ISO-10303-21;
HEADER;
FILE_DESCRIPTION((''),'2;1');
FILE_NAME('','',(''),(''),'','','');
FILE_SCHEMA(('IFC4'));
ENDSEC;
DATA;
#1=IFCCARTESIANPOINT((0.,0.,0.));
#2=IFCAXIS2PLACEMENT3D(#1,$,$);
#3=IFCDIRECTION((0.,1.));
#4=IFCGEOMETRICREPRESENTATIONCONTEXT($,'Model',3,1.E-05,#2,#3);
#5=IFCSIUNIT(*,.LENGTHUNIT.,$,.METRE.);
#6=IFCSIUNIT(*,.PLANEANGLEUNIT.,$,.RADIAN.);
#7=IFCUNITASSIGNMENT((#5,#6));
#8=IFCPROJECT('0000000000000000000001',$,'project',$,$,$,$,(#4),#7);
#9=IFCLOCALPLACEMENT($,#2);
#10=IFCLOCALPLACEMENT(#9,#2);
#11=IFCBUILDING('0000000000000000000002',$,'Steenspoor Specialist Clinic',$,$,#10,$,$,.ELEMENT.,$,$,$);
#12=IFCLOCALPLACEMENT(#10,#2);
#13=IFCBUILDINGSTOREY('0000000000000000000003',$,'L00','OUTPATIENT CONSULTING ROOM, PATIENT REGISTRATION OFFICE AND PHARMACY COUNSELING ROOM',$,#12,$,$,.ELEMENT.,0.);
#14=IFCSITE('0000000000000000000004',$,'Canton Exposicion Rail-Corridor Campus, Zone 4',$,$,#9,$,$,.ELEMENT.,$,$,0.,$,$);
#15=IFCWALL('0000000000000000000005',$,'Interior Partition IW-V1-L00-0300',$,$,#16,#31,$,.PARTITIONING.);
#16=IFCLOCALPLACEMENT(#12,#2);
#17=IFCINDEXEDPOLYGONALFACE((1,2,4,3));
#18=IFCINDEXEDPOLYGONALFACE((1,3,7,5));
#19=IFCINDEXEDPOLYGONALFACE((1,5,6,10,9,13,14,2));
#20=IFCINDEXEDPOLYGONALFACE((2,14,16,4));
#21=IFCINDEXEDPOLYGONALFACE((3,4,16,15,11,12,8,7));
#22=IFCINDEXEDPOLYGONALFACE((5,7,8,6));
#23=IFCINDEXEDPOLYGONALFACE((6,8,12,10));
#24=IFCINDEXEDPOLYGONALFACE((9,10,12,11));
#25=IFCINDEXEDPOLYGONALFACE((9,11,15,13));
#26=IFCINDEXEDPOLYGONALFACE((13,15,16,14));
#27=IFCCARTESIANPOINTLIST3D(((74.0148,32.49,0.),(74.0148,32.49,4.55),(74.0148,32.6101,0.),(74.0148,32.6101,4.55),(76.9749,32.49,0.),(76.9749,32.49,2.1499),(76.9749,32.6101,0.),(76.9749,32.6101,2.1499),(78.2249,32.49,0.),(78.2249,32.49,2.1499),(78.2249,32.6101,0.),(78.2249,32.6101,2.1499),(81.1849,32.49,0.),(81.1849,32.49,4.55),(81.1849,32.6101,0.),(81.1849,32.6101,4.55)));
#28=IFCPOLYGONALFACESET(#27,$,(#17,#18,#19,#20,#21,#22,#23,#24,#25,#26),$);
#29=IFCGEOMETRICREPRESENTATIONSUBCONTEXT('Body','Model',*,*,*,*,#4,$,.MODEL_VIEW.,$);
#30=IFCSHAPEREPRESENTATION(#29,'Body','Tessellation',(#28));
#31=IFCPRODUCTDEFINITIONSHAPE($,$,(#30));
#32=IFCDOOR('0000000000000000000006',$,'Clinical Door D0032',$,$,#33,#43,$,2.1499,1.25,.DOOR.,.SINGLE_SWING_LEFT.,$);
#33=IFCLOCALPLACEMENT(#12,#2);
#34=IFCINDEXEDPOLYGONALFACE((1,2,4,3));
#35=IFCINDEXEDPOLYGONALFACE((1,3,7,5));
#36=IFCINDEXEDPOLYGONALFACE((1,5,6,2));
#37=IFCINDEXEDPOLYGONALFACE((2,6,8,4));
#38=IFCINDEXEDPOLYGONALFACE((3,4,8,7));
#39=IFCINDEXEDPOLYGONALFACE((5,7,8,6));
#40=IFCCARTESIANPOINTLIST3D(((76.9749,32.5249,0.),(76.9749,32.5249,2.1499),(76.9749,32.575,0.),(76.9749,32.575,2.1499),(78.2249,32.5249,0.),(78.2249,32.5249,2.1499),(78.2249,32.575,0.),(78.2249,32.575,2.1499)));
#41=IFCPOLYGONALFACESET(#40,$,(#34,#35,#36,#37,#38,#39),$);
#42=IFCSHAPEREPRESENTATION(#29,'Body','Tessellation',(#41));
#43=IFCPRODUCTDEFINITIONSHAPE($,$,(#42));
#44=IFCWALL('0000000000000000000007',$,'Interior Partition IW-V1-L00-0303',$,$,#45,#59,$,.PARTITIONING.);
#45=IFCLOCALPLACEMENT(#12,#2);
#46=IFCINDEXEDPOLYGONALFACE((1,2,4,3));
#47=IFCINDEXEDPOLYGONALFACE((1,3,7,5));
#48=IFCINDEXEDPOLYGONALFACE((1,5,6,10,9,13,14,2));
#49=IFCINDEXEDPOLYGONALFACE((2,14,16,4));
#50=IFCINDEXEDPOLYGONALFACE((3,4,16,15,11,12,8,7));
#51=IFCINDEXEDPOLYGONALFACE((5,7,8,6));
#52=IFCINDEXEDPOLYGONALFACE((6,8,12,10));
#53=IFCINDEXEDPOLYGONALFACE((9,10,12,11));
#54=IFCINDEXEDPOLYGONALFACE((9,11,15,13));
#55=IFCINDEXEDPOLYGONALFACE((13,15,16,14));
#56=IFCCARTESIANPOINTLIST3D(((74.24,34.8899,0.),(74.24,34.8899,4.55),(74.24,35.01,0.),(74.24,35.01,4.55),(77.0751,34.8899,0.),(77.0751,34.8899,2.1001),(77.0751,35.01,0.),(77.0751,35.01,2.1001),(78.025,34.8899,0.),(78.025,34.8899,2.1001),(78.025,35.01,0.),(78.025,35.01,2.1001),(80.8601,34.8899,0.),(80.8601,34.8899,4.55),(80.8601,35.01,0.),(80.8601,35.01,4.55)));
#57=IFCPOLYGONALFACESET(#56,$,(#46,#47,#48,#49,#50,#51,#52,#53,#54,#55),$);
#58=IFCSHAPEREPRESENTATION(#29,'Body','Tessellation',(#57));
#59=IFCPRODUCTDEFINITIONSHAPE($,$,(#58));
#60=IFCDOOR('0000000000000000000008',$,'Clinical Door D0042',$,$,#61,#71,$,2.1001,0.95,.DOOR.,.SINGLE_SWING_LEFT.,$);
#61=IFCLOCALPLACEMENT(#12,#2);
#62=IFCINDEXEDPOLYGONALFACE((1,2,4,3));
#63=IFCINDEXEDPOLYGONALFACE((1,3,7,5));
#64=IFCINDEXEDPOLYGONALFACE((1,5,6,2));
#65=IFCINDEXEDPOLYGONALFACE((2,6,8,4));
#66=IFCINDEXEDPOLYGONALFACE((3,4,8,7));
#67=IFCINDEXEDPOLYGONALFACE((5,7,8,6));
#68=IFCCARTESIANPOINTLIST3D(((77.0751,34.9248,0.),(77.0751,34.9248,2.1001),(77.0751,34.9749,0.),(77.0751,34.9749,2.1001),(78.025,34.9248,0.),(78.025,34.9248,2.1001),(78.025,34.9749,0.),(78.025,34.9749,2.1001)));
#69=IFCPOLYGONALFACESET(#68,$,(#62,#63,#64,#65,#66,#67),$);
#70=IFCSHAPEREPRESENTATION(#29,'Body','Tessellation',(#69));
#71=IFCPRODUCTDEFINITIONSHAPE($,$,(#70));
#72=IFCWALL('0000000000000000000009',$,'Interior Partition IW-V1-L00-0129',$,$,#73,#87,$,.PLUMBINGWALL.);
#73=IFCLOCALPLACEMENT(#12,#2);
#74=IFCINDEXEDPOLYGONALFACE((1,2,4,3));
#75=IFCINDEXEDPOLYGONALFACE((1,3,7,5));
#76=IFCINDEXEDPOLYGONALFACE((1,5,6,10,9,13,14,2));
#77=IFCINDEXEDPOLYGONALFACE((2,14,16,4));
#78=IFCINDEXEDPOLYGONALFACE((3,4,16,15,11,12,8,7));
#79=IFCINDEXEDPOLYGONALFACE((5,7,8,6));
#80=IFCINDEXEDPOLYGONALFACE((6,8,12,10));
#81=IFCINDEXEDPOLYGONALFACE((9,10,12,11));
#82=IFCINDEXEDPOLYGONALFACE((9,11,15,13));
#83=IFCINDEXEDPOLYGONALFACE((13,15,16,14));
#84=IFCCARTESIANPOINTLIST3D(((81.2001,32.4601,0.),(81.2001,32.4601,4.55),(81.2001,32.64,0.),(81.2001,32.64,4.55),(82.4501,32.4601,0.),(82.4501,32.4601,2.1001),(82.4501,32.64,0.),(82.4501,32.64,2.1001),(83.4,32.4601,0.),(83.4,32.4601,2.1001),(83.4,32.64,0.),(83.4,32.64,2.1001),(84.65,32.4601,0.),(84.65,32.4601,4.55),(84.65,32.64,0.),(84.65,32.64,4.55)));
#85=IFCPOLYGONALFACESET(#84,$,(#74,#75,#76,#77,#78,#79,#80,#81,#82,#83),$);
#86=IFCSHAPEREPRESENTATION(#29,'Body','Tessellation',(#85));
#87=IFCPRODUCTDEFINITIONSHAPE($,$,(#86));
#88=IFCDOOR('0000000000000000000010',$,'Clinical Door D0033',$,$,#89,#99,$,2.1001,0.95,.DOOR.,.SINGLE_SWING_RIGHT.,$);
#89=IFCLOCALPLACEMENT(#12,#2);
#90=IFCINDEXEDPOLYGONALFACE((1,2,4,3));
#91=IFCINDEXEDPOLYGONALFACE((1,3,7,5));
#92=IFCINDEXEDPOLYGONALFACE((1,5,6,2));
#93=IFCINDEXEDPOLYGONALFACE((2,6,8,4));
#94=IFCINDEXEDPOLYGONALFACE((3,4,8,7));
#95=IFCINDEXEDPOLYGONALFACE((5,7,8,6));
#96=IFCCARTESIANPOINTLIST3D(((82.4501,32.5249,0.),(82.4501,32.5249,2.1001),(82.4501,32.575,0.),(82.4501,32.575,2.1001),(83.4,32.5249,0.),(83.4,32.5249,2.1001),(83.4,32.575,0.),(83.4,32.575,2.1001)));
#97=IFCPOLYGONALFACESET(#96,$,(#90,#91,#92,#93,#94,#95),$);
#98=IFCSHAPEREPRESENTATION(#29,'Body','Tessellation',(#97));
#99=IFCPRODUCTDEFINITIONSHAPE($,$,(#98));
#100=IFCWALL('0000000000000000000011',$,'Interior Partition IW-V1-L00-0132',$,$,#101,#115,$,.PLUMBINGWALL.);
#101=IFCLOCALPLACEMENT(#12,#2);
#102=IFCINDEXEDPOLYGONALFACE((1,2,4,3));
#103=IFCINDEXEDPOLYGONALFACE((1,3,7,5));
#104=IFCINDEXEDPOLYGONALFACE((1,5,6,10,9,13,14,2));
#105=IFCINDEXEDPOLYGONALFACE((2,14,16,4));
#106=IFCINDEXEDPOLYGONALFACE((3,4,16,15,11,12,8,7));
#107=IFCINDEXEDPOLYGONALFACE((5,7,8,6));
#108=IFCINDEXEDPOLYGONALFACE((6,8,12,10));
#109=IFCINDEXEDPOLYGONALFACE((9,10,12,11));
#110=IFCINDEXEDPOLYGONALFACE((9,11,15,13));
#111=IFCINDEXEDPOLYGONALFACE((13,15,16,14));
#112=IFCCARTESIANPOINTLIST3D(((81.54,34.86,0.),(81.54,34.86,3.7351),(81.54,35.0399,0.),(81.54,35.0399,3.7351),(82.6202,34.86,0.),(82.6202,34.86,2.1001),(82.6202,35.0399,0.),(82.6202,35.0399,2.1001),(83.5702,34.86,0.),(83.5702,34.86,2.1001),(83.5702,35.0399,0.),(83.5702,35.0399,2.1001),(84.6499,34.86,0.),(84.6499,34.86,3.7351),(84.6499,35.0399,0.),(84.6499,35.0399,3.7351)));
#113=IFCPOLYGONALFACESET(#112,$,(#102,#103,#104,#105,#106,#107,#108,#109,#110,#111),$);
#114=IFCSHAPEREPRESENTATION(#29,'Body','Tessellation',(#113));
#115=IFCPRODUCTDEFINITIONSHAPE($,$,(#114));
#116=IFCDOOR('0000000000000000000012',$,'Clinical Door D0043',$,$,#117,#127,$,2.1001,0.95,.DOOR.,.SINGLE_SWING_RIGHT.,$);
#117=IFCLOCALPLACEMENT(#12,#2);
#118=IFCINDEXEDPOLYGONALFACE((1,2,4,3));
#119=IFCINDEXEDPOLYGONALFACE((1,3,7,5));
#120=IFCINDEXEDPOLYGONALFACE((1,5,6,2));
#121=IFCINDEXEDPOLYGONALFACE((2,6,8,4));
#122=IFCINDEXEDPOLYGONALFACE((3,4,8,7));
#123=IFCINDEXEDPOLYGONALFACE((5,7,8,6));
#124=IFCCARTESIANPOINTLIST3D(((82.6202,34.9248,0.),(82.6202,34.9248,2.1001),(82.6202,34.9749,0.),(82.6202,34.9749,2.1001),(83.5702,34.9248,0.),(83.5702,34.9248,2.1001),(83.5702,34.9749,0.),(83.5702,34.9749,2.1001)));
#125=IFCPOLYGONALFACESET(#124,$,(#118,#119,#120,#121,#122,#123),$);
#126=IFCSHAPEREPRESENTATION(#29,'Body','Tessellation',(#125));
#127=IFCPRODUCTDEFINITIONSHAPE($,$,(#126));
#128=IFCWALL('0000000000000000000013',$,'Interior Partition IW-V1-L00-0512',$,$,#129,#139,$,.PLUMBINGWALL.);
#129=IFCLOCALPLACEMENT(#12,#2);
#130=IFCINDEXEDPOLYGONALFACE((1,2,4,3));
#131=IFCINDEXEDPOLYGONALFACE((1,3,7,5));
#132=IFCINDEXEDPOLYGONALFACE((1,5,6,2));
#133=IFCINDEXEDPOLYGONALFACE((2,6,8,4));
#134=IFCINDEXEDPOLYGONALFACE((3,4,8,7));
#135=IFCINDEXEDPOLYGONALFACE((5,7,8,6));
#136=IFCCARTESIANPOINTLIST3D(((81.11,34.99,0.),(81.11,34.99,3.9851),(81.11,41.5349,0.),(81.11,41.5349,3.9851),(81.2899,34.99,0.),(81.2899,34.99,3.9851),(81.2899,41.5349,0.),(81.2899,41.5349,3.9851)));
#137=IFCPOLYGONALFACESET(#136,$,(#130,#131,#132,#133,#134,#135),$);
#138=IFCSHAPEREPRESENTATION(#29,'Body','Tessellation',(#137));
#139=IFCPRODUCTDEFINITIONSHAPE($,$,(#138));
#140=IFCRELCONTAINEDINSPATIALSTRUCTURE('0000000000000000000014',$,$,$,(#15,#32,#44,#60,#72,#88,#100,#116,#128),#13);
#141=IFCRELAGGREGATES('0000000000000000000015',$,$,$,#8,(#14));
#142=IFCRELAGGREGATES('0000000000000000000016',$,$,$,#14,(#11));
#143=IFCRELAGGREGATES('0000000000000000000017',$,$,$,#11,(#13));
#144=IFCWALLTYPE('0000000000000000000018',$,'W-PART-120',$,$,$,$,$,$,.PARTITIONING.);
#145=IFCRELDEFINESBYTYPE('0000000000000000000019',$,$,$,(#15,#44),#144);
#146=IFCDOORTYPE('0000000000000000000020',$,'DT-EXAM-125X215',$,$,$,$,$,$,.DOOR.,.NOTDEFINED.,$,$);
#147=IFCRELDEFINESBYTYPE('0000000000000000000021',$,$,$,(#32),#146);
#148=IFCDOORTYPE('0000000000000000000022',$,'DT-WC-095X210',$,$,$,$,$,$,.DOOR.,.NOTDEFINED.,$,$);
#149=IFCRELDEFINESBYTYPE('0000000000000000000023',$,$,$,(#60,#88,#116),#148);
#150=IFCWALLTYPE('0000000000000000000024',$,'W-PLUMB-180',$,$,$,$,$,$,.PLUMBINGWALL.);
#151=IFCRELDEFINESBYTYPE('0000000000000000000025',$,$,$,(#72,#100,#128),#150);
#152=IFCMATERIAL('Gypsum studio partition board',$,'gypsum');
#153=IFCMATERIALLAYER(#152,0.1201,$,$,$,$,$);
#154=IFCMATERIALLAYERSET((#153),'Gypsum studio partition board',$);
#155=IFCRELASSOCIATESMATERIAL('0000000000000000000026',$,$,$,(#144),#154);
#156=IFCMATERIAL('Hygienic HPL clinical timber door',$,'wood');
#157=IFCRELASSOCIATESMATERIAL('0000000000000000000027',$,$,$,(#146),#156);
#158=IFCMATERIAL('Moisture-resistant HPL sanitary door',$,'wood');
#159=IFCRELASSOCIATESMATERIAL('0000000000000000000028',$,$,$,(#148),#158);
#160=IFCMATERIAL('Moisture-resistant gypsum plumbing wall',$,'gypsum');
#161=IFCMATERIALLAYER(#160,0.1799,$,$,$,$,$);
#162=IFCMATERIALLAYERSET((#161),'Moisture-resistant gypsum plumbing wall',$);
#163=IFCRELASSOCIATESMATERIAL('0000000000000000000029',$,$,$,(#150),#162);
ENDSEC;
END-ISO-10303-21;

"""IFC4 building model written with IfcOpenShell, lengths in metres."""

from ifc_helpers import new_model, si_unit, direction, frame, frame_2d, origin, place, context, subcontext, project, spatial, rectangle, extrude, material, layer, layer_set, type_object, element, fill, save


model = new_model("IFC4")

# Units and contexts
model_context = context("Model", 3, precision=1e-05, world=origin(), true_north=direction((0.0, 1.0)))
body_context = subcontext(model_context, "Body", "Model", "MODEL_VIEW")
ifc_project = project(units=[si_unit("LENGTHUNIT", "METRE"), si_unit("PLANEANGLEUNIT", "RADIAN")], contexts=[model_context])

# Site, building, storey
site_placement = place(None, origin())
site = spatial("IfcSite", under=ifc_project, at=site_placement, Name="Canton Exposicion Rail-Corridor Campus, Zone 4", CompositionType="ELEMENT", RefElevation=0.0)
building_placement = place(site_placement, origin())
building = spatial("IfcBuilding", under=site, at=building_placement, Name="Steenspoor Specialist Clinic", CompositionType="ELEMENT")
storey_placement = place(building_placement, origin())
storey = spatial("IfcBuildingStorey", under=building, at=storey_placement, Name="L00", Description="OUTPATIENT CONSULTING ROOM, PATIENT REGISTRATION OFFICE AND PHARMACY COUNSELING ROOM", CompositionType="ELEMENT", Elevation=0.0)

# Walls, openings, doors
ifc_material_1 = material(Name="Gypsum studio partition board", Category="gypsum")
ifc_layer_1 = layer(ifc_material_1, 0.1201)
ifc_layer_set_1 = layer_set([ifc_layer_1], Name="Gypsum studio partition board")
wall_type_1 = type_object("IfcWallType", Name="W-PART-120", PredefinedType="PARTITIONING", material=ifc_layer_set_1)
wall_1_placement = place(storey_placement, frame((74.0149, 32.55, 0.0), z_axis=(0.0, 0.0, 1.0), x_axis=(1.0, 0.0, 0.0)))
wall_1 = element("IfcWall", 1, at=wall_1_placement, inside=storey, type_object=wall_type_1, Name="Interior Partition IW-V1-L00-0300", PredefinedType="PARTITIONING", context=body_context, shape_type="SweptSolid", body=[
    extrude(rectangle(XDim=7.1702, YDim=0.1201, at=frame_2d((3.585, 0.0))), origin(), (0.0, 0.0, 1.0), 4.55),
])
opening_1_placement = place(wall_1_placement, frame((2.96, 0.0, 0.0)))
opening_1 = element("IfcOpeningElement", 2, at=opening_1_placement, cuts=wall_1, PredefinedType="OPENING", context=body_context, shape_type="SweptSolid", body=[
    extrude(rectangle(XDim=1.25, YDim=2.1499, at=frame_2d((0.625, 1.075))), frame((0.0, 0.0701, 0.0), z_axis=(0.0, -1.0, 0.0), x_axis=(1.0, 0.0, 0.0)), (0.0, 0.0, 1.0), 0.1401),
])
ifc_material_2 = material(Name="Hygienic HPL clinical timber door", Category="wood")
door_type_1 = type_object("IfcDoorType", Name="DT-EXAM-125X215", OperationType="NOTDEFINED", PredefinedType="DOOR", material=ifc_material_2)
door_1_placement = place(opening_1_placement, origin())
door_1 = element("IfcDoor", 3, at=door_1_placement, inside=storey, type_object=door_type_1, Name="Clinical Door D0032", OperationType="SINGLE_SWING_LEFT", OverallHeight=2.1499, OverallWidth=1.25, PredefinedType="DOOR", context=body_context, shape_type="SweptSolid", body=[
    extrude(rectangle(XDim=1.25, YDim=2.1499, at=frame_2d((0.625, 1.075))), frame((0.0, 0.0249, 0.0), z_axis=(0.0, -1.0, 0.0), x_axis=(1.0, 0.0, 0.0)), (0.0, 0.0, 1.0), 0.05),
])
fill(opening_1, door_1)
wall_2_placement = place(storey_placement, frame((74.24, 34.95, 0.0), z_axis=(0.0, 0.0, 1.0), x_axis=(1.0, 0.0, 0.0)))
wall_2 = element("IfcWall", 4, at=wall_2_placement, inside=storey, type_object=wall_type_1, Name="Interior Partition IW-V1-L00-0303", PredefinedType="PARTITIONING", context=body_context, shape_type="SweptSolid", body=[
    extrude(rectangle(XDim=6.6201, YDim=0.1201, at=frame_2d((3.3101, 0.0))), origin(), (0.0, 0.0, 1.0), 4.55),
])
opening_2_placement = place(wall_2_placement, frame((2.835, 0.0, 0.0)))
opening_2 = element("IfcOpeningElement", 5, at=opening_2_placement, cuts=wall_2, PredefinedType="OPENING", context=body_context, shape_type="SweptSolid", body=[
    extrude(rectangle(XDim=0.95, YDim=2.1001, at=frame_2d((0.4751, 1.05))), frame((0.0, 0.0701, 0.0), z_axis=(0.0, -1.0, 0.0), x_axis=(1.0, 0.0, 0.0)), (0.0, 0.0, 1.0), 0.1401),
])
ifc_material_3 = material(Name="Moisture-resistant HPL sanitary door", Category="wood")
door_type_2 = type_object("IfcDoorType", Name="DT-WC-095X210", OperationType="NOTDEFINED", PredefinedType="DOOR", material=ifc_material_3)
door_2_placement = place(opening_2_placement, origin())
door_2 = element("IfcDoor", 6, at=door_2_placement, inside=storey, type_object=door_type_2, Name="Clinical Door D0042", OperationType="SINGLE_SWING_LEFT", OverallHeight=2.1001, OverallWidth=0.95, PredefinedType="DOOR", context=body_context, shape_type="SweptSolid", body=[
    extrude(rectangle(XDim=0.95, YDim=2.1001, at=frame_2d((0.4751, 1.05))), frame((0.0, 0.0249, 0.0), z_axis=(0.0, -1.0, 0.0), x_axis=(1.0, 0.0, 0.0)), (0.0, 0.0, 1.0), 0.05),
])
fill(opening_2, door_2)
ifc_material_4 = material(Name="Moisture-resistant gypsum plumbing wall", Category="gypsum")
ifc_layer_2 = layer(ifc_material_4, 0.1799)
ifc_layer_set_2 = layer_set([ifc_layer_2], Name="Moisture-resistant gypsum plumbing wall")
wall_type_2 = type_object("IfcWallType", Name="W-PLUMB-180", PredefinedType="PLUMBINGWALL", material=ifc_layer_set_2)
wall_3_placement = place(storey_placement, frame((81.2, 32.55, 0.0), z_axis=(0.0, 0.0, 1.0), x_axis=(1.0, 0.0, 0.0)))
wall_3 = element("IfcWall", 7, at=wall_3_placement, inside=storey, type_object=wall_type_2, Name="Interior Partition IW-V1-L00-0129", PredefinedType="PLUMBINGWALL", context=body_context, shape_type="SweptSolid", body=[
    extrude(rectangle(XDim=3.45, YDim=0.1799, at=frame_2d((1.7251, 0.0))), origin(), (0.0, 0.0, 1.0), 4.55),
])
opening_3_placement = place(wall_3_placement, frame((1.25, 0.0, 0.0)))
opening_3 = element("IfcOpeningElement", 8, at=opening_3_placement, cuts=wall_3, PredefinedType="OPENING", context=body_context, shape_type="SweptSolid", body=[
    extrude(rectangle(XDim=0.95, YDim=2.1001, at=frame_2d((0.4751, 1.05))), frame((0.0, 0.1001, 0.0), z_axis=(0.0, -1.0, 0.0), x_axis=(1.0, 0.0, 0.0)), (0.0, 0.0, 1.0), 0.2),
])
door_3_placement = place(opening_3_placement, origin())
door_3 = element("IfcDoor", 9, at=door_3_placement, inside=storey, type_object=door_type_2, Name="Clinical Door D0033", OperationType="SINGLE_SWING_RIGHT", OverallHeight=2.1001, OverallWidth=0.95, PredefinedType="DOOR", context=body_context, shape_type="SweptSolid", body=[
    extrude(rectangle(XDim=0.95, YDim=2.1001, at=frame_2d((0.4751, 1.05))), frame((0.0, 0.0249, 0.0), z_axis=(0.0, -1.0, 0.0), x_axis=(1.0, 0.0, 0.0)), (0.0, 0.0, 1.0), 0.05),
])
fill(opening_3, door_3)
wall_4_placement = place(storey_placement, frame((81.54, 34.95, 0.0), z_axis=(0.0, 0.0, 1.0), x_axis=(1.0, 0.0, 0.0)))
wall_4 = element("IfcWall", 10, at=wall_4_placement, inside=storey, type_object=wall_type_2, Name="Interior Partition IW-V1-L00-0132", PredefinedType="PLUMBINGWALL", context=body_context, shape_type="SweptSolid", body=[
    extrude(rectangle(XDim=3.1099, YDim=0.1799, at=frame_2d((1.5549, 0.0))), origin(), (0.0, 0.0, 1.0), 3.7351),
])
opening_4_placement = place(wall_4_placement, frame((1.0801, 0.0, 0.0)))
opening_4 = element("IfcOpeningElement", 11, at=opening_4_placement, cuts=wall_4, PredefinedType="OPENING", context=body_context, shape_type="SweptSolid", body=[
    extrude(rectangle(XDim=0.95, YDim=2.1001, at=frame_2d((0.4751, 1.05))), frame((0.0, 0.1001, 0.0), z_axis=(0.0, -1.0, 0.0), x_axis=(1.0, 0.0, 0.0)), (0.0, 0.0, 1.0), 0.2),
])
door_4_placement = place(opening_4_placement, origin())
door_4 = element("IfcDoor", 12, at=door_4_placement, inside=storey, type_object=door_type_2, Name="Clinical Door D0043", OperationType="SINGLE_SWING_RIGHT", OverallHeight=2.1001, OverallWidth=0.95, PredefinedType="DOOR", context=body_context, shape_type="SweptSolid", body=[
    extrude(rectangle(XDim=0.95, YDim=2.1001, at=frame_2d((0.4751, 1.05))), frame((0.0, 0.0249, 0.0), z_axis=(0.0, -1.0, 0.0), x_axis=(1.0, 0.0, 0.0)), (0.0, 0.0, 1.0), 0.05),
])
fill(opening_4, door_4)

# Wall
wall_5_placement = place(storey_placement, frame((81.2, 34.99, 0.0), z_axis=(0.0, 0.0, 1.0), x_axis=(0.0, 1.0, 0.0)))
element("IfcWall", 13, at=wall_5_placement, inside=storey, type_object=wall_type_2, Name="Interior Partition IW-V1-L00-0512", PredefinedType="PLUMBINGWALL", context=body_context, shape_type="SweptSolid", body=[
    extrude(rectangle(XDim=6.5449, YDim=0.1799, at=frame_2d((3.2725, 0.0))), origin(), (0.0, 0.0, 1.0), 3.9851),
])

save(model, "model.ifc")
